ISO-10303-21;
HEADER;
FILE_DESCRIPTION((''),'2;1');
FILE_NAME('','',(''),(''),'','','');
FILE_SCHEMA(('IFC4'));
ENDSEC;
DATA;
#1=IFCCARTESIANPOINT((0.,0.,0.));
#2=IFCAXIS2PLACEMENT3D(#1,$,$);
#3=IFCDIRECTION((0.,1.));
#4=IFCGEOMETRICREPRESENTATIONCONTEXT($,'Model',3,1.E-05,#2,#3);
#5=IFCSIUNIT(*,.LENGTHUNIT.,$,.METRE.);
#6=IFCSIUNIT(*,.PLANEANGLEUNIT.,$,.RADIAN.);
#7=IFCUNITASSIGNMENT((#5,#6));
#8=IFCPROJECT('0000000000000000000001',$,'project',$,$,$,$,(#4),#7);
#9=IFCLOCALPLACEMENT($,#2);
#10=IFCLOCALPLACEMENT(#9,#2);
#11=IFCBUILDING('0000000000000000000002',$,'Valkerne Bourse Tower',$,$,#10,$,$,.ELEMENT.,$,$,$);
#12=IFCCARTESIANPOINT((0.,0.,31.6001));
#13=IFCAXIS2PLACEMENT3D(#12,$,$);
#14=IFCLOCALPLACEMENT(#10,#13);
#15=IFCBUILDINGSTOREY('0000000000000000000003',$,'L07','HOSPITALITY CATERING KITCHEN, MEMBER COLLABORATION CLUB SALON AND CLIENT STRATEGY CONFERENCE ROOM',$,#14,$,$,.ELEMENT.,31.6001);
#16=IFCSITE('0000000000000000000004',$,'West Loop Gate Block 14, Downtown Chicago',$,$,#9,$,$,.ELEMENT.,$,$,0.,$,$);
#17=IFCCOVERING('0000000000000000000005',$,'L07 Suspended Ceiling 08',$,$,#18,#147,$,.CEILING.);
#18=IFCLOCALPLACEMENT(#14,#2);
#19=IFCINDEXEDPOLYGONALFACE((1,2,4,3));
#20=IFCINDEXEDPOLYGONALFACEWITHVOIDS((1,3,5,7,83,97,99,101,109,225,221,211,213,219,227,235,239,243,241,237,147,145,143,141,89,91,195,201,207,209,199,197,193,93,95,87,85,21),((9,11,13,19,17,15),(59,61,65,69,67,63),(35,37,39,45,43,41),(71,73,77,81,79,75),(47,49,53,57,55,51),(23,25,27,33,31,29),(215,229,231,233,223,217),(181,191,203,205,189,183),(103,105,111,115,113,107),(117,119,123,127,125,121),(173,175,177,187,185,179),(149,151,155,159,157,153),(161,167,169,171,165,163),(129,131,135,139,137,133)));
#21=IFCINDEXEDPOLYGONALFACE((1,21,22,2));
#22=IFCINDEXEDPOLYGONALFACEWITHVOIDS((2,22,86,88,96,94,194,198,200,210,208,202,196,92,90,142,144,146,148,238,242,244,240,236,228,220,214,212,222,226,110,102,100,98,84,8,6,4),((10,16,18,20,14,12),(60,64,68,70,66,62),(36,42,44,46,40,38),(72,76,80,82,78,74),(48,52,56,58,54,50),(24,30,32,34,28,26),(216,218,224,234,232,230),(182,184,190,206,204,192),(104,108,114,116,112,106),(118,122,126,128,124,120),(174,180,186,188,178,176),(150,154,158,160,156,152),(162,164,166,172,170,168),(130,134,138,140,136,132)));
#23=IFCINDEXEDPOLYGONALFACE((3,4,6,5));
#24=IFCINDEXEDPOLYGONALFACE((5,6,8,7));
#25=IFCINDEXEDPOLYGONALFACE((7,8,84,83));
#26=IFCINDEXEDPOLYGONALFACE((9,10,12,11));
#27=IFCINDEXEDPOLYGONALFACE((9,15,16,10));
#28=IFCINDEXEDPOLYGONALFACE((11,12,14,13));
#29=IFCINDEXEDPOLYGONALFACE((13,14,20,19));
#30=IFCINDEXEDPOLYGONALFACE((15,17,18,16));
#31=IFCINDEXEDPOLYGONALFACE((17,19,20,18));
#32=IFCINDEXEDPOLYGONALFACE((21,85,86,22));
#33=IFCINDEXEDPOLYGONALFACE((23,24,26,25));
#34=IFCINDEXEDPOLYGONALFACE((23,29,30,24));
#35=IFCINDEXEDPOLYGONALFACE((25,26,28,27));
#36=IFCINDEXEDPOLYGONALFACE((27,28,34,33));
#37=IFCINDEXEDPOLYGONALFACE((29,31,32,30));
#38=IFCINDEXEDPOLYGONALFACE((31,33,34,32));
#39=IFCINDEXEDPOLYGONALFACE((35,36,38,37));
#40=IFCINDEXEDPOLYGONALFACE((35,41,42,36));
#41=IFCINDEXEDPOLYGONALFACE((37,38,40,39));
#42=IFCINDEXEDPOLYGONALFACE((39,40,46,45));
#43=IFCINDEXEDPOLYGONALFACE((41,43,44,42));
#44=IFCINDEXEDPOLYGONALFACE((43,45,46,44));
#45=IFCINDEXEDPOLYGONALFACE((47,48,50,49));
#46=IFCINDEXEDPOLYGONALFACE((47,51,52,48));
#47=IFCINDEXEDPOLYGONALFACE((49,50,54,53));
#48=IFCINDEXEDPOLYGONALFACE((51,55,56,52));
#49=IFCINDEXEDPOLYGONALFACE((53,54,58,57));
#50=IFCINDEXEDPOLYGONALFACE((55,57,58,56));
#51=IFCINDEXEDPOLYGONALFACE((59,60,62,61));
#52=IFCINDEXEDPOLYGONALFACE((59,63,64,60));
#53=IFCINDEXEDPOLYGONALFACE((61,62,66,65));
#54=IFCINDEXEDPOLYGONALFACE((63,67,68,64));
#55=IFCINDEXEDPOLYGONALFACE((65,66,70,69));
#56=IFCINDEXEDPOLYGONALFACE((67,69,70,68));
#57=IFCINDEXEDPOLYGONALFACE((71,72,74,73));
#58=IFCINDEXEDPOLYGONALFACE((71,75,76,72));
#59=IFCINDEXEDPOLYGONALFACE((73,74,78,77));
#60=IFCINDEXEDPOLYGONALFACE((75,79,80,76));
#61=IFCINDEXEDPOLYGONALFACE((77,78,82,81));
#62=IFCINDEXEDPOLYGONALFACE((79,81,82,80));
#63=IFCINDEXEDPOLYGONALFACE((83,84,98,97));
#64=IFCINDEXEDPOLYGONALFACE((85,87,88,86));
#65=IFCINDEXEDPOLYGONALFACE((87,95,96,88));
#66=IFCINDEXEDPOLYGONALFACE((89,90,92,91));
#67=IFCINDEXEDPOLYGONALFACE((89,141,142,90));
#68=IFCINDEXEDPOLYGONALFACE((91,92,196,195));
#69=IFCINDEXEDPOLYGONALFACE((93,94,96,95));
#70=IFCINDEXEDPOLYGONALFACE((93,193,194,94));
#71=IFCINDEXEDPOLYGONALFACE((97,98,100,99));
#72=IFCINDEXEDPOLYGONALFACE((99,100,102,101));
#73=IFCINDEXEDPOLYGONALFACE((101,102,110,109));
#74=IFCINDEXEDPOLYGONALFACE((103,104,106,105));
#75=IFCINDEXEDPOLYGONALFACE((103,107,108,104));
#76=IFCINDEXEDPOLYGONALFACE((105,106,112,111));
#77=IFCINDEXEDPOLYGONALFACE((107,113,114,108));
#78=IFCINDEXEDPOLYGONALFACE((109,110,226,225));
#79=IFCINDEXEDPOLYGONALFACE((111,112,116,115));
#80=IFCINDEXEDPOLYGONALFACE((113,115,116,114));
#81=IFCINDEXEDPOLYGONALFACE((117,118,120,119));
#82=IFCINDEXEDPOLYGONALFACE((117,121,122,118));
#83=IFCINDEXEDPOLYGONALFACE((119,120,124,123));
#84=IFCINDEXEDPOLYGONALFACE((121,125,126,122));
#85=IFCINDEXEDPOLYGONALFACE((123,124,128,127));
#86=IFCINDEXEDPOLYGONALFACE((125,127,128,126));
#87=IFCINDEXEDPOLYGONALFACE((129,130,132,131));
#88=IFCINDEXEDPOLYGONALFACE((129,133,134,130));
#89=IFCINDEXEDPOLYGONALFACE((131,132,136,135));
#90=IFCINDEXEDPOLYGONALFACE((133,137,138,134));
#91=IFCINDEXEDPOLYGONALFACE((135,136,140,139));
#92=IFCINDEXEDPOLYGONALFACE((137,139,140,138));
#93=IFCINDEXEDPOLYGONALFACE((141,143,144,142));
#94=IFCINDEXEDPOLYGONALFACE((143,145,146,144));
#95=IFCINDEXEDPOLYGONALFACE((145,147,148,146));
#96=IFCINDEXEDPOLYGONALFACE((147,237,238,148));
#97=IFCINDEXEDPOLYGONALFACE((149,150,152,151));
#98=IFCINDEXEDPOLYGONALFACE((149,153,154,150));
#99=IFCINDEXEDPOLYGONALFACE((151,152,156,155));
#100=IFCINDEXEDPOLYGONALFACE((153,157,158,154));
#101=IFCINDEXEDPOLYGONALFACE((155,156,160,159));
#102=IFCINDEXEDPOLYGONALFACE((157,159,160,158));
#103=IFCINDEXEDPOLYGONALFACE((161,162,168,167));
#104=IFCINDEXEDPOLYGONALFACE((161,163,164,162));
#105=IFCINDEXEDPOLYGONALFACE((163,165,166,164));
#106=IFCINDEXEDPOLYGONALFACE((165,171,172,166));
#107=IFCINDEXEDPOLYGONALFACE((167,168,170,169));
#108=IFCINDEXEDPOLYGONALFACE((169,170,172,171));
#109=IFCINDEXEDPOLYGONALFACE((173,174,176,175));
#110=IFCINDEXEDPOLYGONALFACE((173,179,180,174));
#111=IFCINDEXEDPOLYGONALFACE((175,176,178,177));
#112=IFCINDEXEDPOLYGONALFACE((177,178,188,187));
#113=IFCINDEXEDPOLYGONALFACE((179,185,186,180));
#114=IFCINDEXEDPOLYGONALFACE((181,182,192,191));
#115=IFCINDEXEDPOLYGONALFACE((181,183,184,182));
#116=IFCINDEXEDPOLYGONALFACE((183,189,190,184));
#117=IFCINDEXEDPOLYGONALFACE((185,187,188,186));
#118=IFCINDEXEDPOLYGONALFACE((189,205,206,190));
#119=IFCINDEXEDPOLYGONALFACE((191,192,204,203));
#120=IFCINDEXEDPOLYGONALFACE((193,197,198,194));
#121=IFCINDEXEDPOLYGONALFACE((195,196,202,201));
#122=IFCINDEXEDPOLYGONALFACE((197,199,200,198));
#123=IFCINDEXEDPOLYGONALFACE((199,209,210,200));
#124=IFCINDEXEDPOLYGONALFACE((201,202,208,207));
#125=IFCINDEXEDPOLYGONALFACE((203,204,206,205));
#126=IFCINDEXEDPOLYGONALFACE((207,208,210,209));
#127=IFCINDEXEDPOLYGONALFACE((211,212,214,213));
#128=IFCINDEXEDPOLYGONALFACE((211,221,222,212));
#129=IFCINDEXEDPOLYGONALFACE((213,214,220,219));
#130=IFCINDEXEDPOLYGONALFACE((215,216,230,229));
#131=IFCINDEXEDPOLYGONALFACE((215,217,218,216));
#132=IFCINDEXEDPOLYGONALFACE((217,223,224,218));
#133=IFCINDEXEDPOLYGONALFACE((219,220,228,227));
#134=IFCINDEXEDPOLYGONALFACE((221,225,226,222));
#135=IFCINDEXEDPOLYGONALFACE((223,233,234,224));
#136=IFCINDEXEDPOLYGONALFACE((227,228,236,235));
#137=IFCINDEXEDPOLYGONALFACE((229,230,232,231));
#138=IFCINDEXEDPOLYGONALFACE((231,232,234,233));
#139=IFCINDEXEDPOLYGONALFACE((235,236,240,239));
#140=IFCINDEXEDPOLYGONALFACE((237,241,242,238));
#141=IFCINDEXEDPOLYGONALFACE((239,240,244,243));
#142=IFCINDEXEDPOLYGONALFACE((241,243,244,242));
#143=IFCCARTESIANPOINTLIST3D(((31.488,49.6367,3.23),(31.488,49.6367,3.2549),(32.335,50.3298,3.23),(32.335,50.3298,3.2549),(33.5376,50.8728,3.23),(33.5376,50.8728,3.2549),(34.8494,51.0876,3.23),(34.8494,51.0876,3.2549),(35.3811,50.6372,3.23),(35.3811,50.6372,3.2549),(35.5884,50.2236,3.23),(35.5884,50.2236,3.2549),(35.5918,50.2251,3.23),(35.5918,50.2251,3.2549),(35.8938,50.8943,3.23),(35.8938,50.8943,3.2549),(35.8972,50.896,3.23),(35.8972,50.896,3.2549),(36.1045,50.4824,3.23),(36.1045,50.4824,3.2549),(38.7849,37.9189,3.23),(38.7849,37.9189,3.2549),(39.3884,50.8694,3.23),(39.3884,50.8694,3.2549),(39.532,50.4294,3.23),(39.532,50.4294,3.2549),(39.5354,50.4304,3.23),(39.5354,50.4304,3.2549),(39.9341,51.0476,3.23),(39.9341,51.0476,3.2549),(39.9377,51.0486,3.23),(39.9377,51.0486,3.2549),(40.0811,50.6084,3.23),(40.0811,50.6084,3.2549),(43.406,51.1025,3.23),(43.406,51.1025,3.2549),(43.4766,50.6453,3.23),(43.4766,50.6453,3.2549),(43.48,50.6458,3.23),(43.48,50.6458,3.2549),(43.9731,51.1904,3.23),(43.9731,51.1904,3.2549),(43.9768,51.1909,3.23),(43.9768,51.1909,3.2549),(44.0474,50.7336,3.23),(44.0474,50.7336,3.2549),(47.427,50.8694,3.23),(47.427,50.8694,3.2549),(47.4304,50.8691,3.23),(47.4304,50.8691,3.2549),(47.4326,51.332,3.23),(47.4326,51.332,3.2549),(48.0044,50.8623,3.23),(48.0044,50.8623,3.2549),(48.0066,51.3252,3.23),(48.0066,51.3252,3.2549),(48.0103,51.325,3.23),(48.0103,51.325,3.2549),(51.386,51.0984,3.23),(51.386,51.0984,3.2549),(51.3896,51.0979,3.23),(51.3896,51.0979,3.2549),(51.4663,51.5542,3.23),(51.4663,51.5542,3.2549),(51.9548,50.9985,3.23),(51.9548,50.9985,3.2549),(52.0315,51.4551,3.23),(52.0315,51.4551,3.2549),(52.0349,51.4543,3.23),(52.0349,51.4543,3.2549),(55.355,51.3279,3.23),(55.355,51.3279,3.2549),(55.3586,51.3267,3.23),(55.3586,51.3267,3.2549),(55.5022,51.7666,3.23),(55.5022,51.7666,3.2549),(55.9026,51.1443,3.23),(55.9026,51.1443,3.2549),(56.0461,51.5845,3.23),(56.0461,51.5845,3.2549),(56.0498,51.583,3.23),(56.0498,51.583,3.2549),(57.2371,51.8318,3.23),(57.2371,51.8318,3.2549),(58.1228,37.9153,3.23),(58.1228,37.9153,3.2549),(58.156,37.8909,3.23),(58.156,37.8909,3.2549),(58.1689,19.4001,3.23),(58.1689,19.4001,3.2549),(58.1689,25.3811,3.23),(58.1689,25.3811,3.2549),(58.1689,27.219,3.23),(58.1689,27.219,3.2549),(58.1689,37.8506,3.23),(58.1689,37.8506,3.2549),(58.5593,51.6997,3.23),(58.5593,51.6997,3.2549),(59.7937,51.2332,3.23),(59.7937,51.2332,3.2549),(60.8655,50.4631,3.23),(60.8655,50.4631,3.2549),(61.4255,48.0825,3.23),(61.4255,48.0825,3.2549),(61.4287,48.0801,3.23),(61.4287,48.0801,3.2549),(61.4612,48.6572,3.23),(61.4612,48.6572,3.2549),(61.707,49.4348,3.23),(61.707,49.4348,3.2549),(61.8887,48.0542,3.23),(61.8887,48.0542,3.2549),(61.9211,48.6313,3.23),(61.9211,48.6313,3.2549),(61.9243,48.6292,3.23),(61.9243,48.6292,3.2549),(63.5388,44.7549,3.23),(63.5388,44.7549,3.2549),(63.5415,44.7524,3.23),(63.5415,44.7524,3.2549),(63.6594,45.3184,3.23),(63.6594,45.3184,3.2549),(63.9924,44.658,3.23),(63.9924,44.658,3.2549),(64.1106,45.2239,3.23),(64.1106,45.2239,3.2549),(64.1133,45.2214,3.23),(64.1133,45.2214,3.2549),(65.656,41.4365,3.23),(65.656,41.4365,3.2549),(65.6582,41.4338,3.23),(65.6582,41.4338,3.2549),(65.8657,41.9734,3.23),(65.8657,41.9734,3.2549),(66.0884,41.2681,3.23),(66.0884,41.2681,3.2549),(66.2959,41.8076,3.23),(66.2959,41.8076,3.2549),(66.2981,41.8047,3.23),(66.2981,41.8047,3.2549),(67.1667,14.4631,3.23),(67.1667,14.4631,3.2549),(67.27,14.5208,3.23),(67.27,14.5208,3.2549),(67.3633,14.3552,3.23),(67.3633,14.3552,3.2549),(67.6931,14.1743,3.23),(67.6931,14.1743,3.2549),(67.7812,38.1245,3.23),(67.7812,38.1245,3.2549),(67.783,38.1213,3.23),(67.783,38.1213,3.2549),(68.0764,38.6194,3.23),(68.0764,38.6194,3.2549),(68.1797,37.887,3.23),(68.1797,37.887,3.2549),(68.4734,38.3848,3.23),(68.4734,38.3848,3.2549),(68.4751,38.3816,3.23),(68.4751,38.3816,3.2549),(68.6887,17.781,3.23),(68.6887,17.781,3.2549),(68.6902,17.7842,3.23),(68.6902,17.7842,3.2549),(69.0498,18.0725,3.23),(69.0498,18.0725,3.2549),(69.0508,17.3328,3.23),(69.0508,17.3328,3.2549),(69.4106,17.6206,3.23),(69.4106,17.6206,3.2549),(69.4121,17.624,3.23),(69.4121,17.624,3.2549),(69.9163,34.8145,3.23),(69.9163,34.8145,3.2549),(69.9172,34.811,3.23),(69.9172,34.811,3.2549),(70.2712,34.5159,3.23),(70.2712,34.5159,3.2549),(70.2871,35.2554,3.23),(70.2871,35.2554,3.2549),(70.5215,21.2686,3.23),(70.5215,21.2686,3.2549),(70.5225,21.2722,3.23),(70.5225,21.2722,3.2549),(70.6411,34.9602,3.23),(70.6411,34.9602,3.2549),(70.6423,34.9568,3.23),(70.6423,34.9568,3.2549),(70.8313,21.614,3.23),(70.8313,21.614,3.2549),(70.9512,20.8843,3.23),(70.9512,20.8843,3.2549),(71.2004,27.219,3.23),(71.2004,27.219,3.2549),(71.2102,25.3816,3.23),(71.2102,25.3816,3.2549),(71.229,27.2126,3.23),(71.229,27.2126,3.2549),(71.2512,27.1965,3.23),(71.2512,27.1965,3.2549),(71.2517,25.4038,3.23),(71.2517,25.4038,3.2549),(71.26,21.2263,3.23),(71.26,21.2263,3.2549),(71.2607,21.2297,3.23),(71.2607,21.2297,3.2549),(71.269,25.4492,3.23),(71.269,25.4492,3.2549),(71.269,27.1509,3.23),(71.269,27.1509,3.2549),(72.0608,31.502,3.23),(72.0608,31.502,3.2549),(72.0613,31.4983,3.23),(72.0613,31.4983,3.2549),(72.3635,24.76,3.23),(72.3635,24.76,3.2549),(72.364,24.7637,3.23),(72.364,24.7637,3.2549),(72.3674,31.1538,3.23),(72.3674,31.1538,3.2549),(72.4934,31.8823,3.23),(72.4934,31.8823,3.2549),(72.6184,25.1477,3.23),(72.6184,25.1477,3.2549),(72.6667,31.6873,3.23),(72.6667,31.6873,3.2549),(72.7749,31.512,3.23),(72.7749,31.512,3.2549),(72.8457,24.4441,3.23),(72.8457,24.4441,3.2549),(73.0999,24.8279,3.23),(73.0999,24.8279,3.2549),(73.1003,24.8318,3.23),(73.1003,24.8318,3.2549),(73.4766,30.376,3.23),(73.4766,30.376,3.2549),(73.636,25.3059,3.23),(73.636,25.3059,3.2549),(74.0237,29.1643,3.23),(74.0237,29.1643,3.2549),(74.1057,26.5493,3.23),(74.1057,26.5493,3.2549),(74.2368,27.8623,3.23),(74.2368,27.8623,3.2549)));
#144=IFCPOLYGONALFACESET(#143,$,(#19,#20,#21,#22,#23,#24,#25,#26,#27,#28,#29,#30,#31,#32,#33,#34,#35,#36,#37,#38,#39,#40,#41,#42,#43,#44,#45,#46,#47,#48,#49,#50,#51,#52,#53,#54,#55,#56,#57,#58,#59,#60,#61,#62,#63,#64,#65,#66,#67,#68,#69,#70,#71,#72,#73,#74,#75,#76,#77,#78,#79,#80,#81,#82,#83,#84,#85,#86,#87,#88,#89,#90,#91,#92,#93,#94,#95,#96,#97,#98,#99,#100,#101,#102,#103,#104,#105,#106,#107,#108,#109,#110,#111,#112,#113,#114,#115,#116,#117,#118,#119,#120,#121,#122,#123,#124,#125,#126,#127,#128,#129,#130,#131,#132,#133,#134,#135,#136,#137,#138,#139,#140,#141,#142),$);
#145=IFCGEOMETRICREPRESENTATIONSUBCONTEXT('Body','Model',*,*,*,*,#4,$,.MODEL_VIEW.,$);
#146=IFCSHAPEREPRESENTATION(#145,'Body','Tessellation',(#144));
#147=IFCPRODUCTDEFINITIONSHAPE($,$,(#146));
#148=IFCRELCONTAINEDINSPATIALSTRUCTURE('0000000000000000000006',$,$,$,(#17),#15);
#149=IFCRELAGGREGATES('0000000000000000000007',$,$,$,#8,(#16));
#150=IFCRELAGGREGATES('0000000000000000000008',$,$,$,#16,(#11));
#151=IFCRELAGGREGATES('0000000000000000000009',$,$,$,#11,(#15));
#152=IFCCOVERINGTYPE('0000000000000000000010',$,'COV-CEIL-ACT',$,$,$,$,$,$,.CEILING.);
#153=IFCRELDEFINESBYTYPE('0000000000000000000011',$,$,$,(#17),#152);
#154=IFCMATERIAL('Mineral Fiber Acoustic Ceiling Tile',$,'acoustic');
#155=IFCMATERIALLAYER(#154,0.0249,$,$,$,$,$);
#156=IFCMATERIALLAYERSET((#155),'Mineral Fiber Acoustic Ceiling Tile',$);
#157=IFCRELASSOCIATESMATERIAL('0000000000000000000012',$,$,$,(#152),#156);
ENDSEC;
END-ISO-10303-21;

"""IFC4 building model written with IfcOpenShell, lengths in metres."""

from ifc_helpers import new_model, si_unit, direction, frame, origin, place, context, subcontext, project, spatial, polyline, outline, extrude, material, layer, layer_set, type_object, element, save


model = new_model("IFC4")

# Units and contexts
model_context = context("Model", 3, precision=1e-05, world=origin(), true_north=direction((0.0, 1.0)))
body_context = subcontext(model_context, "Body", "Model", "MODEL_VIEW")
ifc_project = project(units=[si_unit("LENGTHUNIT", "METRE"), si_unit("PLANEANGLEUNIT", "RADIAN")], contexts=[model_context])

# Site, building, storey
site_placement = place(None, origin())
site = spatial("IfcSite", under=ifc_project, at=site_placement, Name="West Loop Gate Block 14, Downtown Chicago", CompositionType="ELEMENT", RefElevation=0.0)
building_placement = place(site_placement, origin())
building = spatial("IfcBuilding", under=site, at=building_placement, Name="Valkerne Bourse Tower", CompositionType="ELEMENT")
storey_placement = place(building_placement, frame((0.0, 0.0, 31.6001)))
storey = spatial("IfcBuildingStorey", under=building, at=storey_placement, Name="L07", Description="HOSPITALITY CATERING KITCHEN, MEMBER COLLABORATION CLUB SALON AND CLIENT STRATEGY CONFERENCE ROOM", CompositionType="ELEMENT", Elevation=31.6001)

# Covering
ifc_material_1 = material(Name="Mineral Fiber Acoustic Ceiling Tile", Category="acoustic")
ifc_layer_1 = layer(ifc_material_1, 0.0249)
ifc_layer_set_1 = layer_set([ifc_layer_1], Name="Mineral Fiber Acoustic Ceiling Tile")
covering_type_1 = type_object("IfcCoveringType", Name="COV-CEIL-ACT", PredefinedType="CEILING", material=ifc_layer_set_1)
covering_1_placement = place(storey_placement, frame((0.0, 0.0, 3.23)))
element("IfcCovering", 1, at=covering_1_placement, inside=storey, type_object=covering_type_1, Name="L07 Suspended Ceiling 08", PredefinedType="CEILING", context=body_context, shape_type="SweptSolid", body=[
    extrude(outline(polyline([(34.8494, 51.0876), (57.2371, 51.8318), (58.5593, 51.6997), (59.7937, 51.2332), (60.8655, 50.4631), (61.707, 49.4348), (72.6667, 31.6873), (72.4934, 31.8823), (72.0608, 31.502), (72.0613, 31.4983), (72.3674, 31.1538), (72.7749, 31.512), (73.4766, 30.376), (74.0237, 29.1643), (74.2368, 27.8623), (74.1057, 26.5493), (73.636, 25.3059), (67.6931, 14.1743), (67.3633, 14.3552), (67.27, 14.5208), (67.1667, 14.4631), (58.1689, 19.4001), (58.1689, 25.3811), (71.2102, 25.3816), (71.2517, 25.4038), (71.269, 25.4492), (71.269, 27.1509), (71.2512, 27.1965), (71.229, 27.2126), (71.2004, 27.219), (58.1689, 27.219), (58.1689, 37.8506), (58.156, 37.8909), (58.1228, 37.9153), (38.7849, 37.9189), (31.488, 49.6367), (32.335, 50.3298), (33.5376, 50.8728), (34.8494, 51.0876)]), holes=[polyline([(35.5918, 50.2251), (36.1045, 50.4824), (35.8972, 50.896), (35.8938, 50.8943), (35.3811, 50.6372), (35.5884, 50.2236), (35.5918, 50.2251)]), polyline([(39.5354, 50.4304), (40.0811, 50.6084), (39.9377, 51.0486), (39.9341, 51.0476), (39.3884, 50.8694), (39.532, 50.4294), (39.5354, 50.4304)]), polyline([(44.0474, 50.7336), (43.9768, 51.1909), (43.9731, 51.1904), (43.406, 51.1025), (43.4766, 50.6453), (43.48, 50.6458), (44.0474, 50.7336)]), polyline([(48.0103, 51.325), (48.0066, 51.3252), (47.4326, 51.332), (47.427, 50.8694), (47.4304, 50.8691), (48.0044, 50.8623), (48.0103, 51.325)]), polyline([(52.0349, 51.4543), (52.0315, 51.4551), (51.4663, 51.5542), (51.386, 51.0984), (51.3896, 51.0979), (51.9548, 50.9985), (52.0349, 51.4543)]), polyline([(69.4106, 17.6206), (69.4121, 17.624), (69.0498, 18.0725), (68.6902, 17.7842), (68.6887, 17.781), (69.0508, 17.3328), (69.4106, 17.6206)]), polyline([(71.26, 21.2263), (71.2607, 21.2297), (70.8313, 21.614), (70.5225, 21.2722), (70.5215, 21.2686), (70.9512, 20.8843), (71.26, 21.2263)]), polyline([(73.1003, 24.8318), (72.6184, 25.1477), (72.364, 24.7637), (72.3635, 24.76), (72.8457, 24.4441), (73.0999, 24.8279), (73.1003, 24.8318)]), polyline([(70.6423, 34.9568), (70.6411, 34.9602), (70.2871, 35.2554), (69.9163, 34.8145), (69.9172, 34.811), (70.2712, 34.5159), (70.6423, 34.9568)]), polyline([(68.4734, 38.3848), (68.0764, 38.6194), (67.7812, 38.1245), (67.783, 38.1213), (68.1797, 37.887), (68.4751, 38.3816), (68.4734, 38.3848)]), polyline([(66.2981, 41.8047), (66.2959, 41.8076), (65.8657, 41.9734), (65.656, 41.4365), (65.6582, 41.4338), (66.0884, 41.2681), (66.2981, 41.8047)]), polyline([(64.1133, 45.2214), (64.1106, 45.2239), (63.6594, 45.3184), (63.5388, 44.7549), (63.5415, 44.7524), (63.9924, 44.658), (64.1133, 45.2214)]), polyline([(61.9211, 48.6313), (61.4612, 48.6572), (61.4255, 48.0825), (61.4287, 48.0801), (61.8887, 48.0542), (61.9243, 48.6292), (61.9211, 48.6313)]), polyline([(56.0498, 51.583), (56.0461, 51.5845), (55.5022, 51.7666), (55.355, 51.3279), (55.3586, 51.3267), (55.9026, 51.1443), (56.0498, 51.583)])]), origin(), (0.0, 0.0, 1.0), 0.0249),
])

save(model, "model.ifc")
